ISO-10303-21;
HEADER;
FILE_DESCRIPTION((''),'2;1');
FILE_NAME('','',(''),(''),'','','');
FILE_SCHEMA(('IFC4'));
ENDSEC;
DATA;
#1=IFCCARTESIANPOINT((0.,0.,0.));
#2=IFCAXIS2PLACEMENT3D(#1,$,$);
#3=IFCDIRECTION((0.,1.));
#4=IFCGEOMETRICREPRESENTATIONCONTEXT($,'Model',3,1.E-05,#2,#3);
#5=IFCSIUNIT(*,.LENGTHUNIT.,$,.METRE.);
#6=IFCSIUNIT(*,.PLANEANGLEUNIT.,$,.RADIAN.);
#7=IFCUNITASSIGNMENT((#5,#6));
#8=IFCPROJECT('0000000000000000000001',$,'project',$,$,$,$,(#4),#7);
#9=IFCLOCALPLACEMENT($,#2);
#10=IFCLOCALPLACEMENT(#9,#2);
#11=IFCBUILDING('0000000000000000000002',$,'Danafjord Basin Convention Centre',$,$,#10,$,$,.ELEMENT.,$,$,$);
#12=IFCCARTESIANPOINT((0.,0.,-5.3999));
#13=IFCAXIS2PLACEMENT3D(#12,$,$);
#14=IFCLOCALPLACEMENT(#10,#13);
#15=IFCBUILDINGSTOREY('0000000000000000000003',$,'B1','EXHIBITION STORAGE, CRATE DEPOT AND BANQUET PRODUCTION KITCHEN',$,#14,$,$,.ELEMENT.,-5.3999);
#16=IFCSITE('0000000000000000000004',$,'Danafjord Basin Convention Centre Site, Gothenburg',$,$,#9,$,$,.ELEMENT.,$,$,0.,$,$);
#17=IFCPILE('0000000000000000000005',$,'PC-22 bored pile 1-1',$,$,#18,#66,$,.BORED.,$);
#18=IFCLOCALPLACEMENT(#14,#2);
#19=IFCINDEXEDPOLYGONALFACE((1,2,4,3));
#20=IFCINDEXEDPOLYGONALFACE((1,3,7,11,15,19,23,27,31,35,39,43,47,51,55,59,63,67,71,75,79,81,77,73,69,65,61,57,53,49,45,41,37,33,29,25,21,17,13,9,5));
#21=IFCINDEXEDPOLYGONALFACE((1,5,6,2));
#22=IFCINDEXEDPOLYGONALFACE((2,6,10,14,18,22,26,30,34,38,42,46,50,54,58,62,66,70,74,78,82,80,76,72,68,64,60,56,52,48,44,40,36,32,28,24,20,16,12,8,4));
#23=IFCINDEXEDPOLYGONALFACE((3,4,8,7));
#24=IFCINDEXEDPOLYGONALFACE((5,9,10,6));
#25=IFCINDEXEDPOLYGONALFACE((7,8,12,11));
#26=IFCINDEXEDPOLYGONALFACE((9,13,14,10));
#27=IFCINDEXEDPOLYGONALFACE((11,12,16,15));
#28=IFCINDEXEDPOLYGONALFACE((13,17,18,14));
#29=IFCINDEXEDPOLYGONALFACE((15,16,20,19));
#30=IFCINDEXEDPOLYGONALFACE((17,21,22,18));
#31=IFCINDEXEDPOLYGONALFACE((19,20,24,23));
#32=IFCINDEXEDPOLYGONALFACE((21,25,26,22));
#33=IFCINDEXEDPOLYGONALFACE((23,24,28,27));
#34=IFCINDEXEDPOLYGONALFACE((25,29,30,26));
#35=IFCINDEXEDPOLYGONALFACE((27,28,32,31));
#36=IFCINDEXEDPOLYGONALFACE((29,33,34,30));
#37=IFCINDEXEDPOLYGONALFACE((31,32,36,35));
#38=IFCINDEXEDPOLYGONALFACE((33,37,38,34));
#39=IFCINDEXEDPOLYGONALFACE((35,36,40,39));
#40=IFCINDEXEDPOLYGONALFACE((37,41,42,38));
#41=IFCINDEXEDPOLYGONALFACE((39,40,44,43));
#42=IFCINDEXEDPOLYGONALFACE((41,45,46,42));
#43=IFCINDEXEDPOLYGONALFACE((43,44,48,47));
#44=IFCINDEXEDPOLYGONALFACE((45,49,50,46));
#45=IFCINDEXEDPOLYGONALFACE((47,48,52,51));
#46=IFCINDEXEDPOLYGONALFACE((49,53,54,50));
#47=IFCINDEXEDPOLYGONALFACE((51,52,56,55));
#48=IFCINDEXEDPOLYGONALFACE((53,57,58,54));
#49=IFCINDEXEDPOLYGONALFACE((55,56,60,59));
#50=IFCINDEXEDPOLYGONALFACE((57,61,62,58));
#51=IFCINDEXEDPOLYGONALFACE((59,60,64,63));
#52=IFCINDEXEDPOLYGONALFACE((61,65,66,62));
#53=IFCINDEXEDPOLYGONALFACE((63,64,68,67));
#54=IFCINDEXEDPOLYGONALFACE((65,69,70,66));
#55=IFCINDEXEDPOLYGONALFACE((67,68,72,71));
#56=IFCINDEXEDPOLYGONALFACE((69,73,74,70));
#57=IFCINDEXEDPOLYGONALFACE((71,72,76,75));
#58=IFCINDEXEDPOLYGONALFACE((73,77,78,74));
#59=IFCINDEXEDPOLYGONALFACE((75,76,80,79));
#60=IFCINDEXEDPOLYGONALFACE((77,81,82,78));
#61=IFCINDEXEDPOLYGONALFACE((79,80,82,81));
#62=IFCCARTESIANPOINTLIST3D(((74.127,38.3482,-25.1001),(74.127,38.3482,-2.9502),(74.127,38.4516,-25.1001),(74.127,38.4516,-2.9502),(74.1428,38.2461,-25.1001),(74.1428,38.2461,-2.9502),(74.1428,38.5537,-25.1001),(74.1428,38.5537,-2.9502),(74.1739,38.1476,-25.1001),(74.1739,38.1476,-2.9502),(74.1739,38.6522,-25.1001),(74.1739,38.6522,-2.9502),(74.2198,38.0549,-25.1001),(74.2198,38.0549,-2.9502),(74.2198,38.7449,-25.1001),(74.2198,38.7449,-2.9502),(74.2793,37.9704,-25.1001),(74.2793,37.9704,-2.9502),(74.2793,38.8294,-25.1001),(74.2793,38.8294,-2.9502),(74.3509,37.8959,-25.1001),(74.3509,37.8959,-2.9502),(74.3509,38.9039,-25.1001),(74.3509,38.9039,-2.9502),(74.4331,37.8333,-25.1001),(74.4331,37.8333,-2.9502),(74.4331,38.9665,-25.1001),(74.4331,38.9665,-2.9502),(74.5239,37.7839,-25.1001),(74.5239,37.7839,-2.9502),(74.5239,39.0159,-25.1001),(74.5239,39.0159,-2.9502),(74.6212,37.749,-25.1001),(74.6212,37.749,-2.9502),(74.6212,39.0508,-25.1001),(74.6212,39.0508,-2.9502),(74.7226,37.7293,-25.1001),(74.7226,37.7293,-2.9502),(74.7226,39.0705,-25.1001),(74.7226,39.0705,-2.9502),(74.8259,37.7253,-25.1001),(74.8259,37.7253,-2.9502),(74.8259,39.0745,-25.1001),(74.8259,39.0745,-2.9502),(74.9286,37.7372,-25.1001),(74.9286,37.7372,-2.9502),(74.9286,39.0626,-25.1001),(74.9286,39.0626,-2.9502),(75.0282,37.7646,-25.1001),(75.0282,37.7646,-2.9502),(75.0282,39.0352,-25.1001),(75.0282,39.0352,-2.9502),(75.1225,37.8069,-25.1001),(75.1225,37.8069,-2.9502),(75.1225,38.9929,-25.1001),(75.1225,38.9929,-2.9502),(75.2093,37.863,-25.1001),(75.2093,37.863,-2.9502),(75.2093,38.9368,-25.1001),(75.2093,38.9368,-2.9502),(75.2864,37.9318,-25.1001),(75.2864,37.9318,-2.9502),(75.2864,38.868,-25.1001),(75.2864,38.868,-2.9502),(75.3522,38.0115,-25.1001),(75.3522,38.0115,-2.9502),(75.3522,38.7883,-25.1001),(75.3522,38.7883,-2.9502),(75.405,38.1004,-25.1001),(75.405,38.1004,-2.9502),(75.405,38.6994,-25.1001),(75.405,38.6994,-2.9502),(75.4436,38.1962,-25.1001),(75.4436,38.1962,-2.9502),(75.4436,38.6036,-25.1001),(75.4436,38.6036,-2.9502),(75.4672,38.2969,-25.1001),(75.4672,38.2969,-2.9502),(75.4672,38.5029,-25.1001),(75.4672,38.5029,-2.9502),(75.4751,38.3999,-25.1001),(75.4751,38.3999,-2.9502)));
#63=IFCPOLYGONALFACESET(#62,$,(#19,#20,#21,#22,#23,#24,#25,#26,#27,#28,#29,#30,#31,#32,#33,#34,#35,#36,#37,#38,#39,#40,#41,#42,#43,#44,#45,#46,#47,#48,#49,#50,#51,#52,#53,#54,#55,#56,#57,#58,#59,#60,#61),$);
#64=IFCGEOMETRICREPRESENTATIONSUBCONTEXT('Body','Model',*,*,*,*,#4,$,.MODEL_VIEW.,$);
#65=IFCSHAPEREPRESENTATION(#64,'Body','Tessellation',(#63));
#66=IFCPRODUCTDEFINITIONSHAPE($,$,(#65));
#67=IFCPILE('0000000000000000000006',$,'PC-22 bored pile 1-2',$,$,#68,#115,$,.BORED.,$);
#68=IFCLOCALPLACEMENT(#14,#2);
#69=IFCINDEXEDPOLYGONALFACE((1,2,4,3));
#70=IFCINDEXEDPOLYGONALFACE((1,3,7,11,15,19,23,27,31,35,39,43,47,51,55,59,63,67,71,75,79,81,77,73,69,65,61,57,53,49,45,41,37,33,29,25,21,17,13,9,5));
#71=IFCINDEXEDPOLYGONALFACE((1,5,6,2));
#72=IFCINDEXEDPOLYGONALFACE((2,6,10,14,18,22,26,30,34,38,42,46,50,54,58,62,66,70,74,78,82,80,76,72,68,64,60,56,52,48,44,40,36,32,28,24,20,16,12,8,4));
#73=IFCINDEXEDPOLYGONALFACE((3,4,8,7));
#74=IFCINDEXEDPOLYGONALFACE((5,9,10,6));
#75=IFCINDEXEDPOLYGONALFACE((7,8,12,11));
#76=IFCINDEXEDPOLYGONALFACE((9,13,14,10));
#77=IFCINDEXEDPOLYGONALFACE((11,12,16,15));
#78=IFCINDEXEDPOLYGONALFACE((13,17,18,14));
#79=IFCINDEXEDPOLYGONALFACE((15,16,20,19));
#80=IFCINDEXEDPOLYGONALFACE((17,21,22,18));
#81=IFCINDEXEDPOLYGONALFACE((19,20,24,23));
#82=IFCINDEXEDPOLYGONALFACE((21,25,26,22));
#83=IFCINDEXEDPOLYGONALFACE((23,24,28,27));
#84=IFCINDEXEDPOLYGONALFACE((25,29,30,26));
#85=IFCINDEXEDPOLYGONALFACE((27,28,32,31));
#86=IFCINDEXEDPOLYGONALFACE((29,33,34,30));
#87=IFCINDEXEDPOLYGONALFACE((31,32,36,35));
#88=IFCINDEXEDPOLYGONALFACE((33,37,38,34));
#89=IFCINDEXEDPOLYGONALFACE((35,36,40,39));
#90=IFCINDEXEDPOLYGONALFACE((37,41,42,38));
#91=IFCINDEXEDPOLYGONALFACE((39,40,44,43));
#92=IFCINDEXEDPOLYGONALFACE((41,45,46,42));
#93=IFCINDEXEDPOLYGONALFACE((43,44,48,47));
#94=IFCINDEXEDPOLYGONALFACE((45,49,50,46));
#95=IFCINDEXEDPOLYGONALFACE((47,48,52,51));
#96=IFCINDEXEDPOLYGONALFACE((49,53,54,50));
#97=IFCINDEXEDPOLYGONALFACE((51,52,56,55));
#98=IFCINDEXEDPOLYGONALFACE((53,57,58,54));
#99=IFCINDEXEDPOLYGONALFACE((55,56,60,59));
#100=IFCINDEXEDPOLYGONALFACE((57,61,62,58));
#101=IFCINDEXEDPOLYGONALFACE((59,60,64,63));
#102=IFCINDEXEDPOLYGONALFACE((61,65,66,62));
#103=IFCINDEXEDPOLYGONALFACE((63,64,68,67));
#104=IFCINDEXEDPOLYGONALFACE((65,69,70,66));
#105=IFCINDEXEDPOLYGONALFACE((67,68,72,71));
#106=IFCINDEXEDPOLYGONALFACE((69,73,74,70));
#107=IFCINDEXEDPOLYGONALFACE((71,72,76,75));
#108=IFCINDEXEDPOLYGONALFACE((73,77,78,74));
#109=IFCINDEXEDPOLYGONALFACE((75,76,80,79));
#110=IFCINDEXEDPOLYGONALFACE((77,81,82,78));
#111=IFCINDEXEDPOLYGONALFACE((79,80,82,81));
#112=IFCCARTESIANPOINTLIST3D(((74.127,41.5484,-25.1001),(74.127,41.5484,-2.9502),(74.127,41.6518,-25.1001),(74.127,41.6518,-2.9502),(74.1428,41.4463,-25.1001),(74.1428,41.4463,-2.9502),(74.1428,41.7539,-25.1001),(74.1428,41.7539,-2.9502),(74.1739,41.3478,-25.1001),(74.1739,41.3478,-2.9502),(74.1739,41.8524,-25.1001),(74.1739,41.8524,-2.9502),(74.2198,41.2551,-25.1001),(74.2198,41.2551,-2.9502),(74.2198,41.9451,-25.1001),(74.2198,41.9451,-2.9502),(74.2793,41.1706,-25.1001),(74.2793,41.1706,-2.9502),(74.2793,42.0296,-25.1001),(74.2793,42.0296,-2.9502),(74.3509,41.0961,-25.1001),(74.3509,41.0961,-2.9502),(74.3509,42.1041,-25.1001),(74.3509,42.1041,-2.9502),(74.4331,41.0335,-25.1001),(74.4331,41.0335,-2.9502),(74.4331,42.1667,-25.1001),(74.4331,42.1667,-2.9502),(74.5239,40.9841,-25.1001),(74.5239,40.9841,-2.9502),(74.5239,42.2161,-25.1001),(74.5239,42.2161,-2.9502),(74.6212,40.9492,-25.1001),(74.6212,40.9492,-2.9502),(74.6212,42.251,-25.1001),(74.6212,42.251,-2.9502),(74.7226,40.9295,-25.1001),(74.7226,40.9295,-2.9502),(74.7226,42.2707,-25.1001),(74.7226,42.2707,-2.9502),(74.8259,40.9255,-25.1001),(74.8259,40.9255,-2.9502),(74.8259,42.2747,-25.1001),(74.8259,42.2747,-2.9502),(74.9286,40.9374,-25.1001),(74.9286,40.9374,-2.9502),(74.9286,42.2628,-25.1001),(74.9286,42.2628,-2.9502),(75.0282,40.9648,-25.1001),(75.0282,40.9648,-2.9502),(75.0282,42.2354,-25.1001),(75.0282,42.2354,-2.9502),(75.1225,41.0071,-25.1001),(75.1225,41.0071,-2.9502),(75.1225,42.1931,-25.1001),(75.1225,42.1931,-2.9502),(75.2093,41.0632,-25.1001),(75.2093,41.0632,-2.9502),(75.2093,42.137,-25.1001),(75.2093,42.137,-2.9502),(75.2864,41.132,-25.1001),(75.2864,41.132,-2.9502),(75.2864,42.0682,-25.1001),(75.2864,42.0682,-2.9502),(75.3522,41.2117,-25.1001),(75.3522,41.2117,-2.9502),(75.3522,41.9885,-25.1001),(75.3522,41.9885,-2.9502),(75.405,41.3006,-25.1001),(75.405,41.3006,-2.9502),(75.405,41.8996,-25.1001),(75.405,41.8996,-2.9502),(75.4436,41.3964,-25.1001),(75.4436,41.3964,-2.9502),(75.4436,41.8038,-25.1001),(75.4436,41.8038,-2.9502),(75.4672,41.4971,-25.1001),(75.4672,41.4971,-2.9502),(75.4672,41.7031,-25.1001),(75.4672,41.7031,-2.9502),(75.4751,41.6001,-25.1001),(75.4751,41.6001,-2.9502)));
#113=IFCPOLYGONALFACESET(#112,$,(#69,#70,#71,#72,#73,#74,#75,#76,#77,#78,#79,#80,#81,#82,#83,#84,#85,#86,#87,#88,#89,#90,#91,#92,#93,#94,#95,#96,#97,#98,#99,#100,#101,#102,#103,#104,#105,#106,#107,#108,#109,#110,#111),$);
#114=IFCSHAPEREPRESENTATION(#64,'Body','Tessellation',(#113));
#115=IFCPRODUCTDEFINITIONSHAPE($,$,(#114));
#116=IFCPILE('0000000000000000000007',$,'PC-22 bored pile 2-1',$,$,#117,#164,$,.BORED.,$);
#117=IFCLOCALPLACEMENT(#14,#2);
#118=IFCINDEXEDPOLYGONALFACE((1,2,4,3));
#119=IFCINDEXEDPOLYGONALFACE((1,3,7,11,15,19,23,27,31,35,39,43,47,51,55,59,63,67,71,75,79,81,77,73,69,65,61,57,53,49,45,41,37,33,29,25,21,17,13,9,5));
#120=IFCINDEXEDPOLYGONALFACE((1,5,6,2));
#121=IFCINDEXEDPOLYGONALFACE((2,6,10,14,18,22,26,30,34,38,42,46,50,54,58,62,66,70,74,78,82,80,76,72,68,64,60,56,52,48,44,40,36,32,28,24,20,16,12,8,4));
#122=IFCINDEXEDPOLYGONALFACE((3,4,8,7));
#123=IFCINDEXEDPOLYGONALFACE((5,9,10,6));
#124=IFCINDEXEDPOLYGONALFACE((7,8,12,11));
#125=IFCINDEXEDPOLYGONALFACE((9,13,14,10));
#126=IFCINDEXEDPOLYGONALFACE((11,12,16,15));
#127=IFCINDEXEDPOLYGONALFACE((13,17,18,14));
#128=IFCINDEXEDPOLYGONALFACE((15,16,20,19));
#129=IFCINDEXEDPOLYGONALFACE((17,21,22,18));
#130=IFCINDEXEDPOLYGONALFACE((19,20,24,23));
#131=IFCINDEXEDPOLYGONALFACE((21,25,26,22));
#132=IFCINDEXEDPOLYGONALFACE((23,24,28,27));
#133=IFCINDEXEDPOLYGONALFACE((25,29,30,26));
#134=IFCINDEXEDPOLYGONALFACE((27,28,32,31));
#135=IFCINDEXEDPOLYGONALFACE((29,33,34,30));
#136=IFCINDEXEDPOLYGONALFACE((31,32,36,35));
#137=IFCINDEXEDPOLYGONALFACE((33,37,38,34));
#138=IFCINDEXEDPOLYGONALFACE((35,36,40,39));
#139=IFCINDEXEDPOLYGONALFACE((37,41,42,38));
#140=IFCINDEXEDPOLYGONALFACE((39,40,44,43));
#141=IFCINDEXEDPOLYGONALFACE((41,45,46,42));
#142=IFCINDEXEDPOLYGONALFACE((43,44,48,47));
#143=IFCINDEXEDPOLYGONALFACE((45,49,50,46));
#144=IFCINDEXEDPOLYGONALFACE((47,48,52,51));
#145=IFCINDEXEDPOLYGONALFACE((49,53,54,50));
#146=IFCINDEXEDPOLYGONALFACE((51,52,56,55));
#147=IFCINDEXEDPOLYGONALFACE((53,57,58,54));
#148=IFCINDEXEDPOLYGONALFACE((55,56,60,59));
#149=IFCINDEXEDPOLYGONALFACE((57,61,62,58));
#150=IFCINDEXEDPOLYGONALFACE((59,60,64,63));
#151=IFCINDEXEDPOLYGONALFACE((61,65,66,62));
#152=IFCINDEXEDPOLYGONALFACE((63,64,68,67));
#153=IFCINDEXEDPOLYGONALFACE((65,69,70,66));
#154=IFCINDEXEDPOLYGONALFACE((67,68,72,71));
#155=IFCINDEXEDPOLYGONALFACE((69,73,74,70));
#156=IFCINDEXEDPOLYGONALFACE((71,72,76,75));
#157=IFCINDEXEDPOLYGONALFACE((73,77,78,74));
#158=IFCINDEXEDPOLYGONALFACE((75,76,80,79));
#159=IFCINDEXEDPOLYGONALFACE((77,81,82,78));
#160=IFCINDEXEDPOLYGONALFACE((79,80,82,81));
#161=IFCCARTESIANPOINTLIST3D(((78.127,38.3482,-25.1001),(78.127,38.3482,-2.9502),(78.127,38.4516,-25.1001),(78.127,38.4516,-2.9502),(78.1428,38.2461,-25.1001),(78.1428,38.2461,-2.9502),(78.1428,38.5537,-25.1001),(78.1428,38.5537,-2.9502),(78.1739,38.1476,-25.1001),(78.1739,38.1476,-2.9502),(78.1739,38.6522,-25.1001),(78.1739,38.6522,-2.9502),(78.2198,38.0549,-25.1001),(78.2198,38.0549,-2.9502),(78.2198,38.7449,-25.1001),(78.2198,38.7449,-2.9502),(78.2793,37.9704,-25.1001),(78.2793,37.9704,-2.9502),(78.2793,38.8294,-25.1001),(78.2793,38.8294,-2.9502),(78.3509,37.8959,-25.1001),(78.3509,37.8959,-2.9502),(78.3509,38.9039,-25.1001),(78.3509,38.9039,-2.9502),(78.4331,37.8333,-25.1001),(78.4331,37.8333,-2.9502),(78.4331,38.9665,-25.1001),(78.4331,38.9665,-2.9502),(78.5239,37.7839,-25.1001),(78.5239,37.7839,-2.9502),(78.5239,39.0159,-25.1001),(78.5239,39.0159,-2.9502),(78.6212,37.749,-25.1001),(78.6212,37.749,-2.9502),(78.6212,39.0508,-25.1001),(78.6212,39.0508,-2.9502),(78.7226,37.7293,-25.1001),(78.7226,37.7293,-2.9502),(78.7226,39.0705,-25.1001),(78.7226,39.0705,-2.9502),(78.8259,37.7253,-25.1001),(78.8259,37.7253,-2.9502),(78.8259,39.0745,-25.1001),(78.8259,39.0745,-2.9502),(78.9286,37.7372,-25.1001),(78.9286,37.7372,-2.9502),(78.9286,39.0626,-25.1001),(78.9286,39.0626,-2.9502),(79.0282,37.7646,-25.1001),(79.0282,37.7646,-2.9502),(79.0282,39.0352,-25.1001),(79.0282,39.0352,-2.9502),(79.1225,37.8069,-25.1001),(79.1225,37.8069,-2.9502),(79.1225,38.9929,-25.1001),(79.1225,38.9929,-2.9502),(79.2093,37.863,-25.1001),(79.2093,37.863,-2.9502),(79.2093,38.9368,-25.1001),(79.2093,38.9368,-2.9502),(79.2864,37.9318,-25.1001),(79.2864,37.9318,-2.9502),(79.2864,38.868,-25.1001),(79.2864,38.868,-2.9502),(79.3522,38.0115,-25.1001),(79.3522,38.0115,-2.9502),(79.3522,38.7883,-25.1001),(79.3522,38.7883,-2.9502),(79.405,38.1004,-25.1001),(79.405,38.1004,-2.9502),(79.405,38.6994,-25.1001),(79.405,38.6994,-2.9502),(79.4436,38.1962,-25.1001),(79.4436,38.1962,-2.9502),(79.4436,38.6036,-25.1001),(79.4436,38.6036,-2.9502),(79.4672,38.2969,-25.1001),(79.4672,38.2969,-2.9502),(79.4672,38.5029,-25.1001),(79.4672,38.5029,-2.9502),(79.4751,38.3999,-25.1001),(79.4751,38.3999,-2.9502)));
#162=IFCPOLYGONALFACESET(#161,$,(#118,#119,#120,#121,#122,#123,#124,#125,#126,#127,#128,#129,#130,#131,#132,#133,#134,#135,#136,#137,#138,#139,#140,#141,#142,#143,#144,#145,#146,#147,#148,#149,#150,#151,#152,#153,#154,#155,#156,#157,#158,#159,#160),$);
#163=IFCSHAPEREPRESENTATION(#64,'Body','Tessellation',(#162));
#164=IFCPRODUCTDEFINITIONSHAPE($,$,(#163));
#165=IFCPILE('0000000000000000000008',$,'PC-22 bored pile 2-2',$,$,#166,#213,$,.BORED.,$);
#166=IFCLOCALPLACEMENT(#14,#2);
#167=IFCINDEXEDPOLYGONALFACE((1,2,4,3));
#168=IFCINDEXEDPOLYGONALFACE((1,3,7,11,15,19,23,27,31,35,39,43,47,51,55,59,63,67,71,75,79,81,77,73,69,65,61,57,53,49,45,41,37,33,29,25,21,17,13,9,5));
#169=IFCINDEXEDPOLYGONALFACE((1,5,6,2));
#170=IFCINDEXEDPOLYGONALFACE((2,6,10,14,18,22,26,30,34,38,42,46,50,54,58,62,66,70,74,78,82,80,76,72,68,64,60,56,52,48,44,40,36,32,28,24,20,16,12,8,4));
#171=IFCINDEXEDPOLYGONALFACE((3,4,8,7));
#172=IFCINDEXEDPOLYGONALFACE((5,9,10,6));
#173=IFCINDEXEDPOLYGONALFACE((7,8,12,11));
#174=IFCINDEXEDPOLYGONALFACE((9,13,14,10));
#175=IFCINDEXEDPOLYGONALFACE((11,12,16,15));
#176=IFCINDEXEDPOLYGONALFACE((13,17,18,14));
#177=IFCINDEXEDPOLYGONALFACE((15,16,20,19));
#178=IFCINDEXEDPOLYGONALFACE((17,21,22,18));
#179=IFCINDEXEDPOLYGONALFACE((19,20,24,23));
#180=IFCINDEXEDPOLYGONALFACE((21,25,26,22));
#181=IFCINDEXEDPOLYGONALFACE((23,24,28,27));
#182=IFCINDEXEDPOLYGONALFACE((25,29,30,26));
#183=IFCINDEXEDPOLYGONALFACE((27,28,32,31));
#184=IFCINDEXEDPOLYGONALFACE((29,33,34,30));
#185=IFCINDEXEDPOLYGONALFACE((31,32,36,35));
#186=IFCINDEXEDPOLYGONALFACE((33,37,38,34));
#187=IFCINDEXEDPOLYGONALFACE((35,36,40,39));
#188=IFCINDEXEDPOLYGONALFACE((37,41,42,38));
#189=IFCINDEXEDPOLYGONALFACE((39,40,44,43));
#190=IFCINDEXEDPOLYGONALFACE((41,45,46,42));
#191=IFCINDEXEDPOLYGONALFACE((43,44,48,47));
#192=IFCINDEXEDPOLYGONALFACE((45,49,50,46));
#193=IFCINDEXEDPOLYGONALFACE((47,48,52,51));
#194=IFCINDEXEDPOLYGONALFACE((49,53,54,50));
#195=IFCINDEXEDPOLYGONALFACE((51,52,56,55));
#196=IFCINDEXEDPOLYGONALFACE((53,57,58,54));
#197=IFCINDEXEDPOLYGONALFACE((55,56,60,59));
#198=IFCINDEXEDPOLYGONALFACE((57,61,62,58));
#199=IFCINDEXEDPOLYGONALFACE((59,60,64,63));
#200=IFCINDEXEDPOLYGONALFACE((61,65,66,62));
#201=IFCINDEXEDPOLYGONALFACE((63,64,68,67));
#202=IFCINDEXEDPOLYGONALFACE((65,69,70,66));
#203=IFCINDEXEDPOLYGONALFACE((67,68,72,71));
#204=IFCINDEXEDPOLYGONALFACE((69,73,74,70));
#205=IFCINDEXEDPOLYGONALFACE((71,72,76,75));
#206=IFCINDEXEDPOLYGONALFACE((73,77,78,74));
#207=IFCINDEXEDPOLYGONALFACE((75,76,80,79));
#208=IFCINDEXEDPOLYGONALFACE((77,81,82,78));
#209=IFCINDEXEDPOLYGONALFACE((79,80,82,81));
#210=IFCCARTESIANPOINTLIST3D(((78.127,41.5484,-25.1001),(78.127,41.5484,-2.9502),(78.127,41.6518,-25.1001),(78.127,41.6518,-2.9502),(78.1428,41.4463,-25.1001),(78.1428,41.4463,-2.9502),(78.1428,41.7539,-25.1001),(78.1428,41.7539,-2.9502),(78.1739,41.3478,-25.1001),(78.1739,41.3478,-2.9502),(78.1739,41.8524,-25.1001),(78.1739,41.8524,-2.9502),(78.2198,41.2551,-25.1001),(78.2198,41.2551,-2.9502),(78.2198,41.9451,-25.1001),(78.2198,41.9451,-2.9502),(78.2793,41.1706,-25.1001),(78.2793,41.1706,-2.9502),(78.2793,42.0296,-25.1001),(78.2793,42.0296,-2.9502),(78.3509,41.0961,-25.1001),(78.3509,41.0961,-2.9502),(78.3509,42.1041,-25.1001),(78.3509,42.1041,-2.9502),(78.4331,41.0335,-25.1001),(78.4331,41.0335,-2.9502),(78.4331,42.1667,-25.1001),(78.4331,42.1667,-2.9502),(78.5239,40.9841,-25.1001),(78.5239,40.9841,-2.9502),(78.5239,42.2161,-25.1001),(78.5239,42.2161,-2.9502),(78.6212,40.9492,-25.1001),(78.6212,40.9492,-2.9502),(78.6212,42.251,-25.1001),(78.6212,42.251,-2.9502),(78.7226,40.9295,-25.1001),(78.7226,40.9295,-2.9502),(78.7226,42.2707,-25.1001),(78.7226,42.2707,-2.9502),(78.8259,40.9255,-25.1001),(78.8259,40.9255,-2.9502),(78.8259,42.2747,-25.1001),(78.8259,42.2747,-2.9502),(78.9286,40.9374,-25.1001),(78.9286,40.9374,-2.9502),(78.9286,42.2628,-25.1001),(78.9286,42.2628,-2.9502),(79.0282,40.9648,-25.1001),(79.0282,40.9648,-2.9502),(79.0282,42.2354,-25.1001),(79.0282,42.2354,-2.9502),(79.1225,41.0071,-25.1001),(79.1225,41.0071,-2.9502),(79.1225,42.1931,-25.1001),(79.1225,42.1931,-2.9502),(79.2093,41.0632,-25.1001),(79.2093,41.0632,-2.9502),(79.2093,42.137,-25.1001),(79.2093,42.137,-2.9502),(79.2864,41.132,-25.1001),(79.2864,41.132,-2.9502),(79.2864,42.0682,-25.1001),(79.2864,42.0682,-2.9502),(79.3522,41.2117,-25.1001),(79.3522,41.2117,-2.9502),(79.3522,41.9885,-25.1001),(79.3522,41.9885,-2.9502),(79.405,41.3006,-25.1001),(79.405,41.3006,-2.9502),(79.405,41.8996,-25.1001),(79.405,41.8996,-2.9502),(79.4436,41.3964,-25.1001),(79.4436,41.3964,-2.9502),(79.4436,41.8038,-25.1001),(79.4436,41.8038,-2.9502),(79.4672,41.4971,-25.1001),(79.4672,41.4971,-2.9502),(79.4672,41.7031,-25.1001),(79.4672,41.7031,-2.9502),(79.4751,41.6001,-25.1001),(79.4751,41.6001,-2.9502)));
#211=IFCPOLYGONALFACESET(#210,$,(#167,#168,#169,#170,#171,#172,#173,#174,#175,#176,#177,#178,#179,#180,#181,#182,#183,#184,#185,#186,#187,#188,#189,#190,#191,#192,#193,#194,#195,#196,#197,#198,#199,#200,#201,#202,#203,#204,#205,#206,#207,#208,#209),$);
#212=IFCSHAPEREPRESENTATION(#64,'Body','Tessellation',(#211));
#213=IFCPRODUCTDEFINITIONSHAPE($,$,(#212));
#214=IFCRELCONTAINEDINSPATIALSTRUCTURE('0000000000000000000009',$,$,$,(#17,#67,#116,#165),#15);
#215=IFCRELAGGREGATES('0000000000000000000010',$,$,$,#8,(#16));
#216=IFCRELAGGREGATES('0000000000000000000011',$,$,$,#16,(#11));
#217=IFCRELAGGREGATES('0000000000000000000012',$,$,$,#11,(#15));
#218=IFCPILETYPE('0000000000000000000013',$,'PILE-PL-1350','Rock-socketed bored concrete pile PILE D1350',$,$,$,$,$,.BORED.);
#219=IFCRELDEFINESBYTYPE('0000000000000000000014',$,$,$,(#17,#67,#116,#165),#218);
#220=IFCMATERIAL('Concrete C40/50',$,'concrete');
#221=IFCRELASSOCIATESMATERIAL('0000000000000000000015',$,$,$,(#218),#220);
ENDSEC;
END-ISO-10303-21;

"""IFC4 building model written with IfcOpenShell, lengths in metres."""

from ifc_helpers import new_model, si_unit, direction, frame, origin, origin_2d, place, context, subcontext, project, spatial, circle, extrude, material, material_profile, profile_set, type_object, element, save


model = new_model("IFC4")

# Units and contexts
model_context = context("Model", 3, precision=1e-05, world=origin(), true_north=direction((0.0, 1.0)))
body_context = subcontext(model_context, "Body", "Model", "MODEL_VIEW")
ifc_project = project(units=[si_unit("LENGTHUNIT", "METRE"), si_unit("PLANEANGLEUNIT", "RADIAN")], contexts=[model_context])

# Site, building, storey
site_placement = place(None, origin())
site = spatial("IfcSite", under=ifc_project, at=site_placement, Name="Danafjord Basin Convention Centre Site, Gothenburg", CompositionType="ELEMENT", RefElevation=0.0)
building_placement = place(site_placement, origin())
building = spatial("IfcBuilding", under=site, at=building_placement, Name="Danafjord Basin Convention Centre", CompositionType="ELEMENT")
storey_placement = place(building_placement, frame((0.0, 0.0, -5.3999)))
storey = spatial("IfcBuildingStorey", under=building, at=storey_placement, Name="B1", Description="EXHIBITION STORAGE, CRATE DEPOT AND BANQUET PRODUCTION KITCHEN", CompositionType="ELEMENT", Elevation=-5.3999)

# Shared definitions
ifc_material_1 = material(Name="Concrete C40/50", Category="concrete")

# Piles
ifc_material_profile_1 = material_profile(ifc_material_1, circle(Radius=0.675, at=origin_2d()), Name="PILE D1350")
ifc_profile_set_1 = profile_set([ifc_material_profile_1], Name="Concrete C40/50")
pile_type_1 = type_object("IfcPileType", Name="PILE-PL-1350", Description="Rock-socketed bored concrete pile PILE D1350", PredefinedType="BORED", material=ifc_profile_set_1)
for number, where, z_axis, x_axis, name in (
    (1, (74.8, 38.3999, -2.9502), (0.0, 0.0, -1.0), (1.0, 0.0, 0.0), "PC-22 bored pile 1-1"),
    (2, (74.8, 41.6001, -2.9502), (0.0, 0.0, -1.0), (1.0, 0.0, 0.0), "PC-22 bored pile 1-2"),
    (3, (78.8, 38.3999, -2.9502), (0.0, 0.0, -1.0), (1.0, 0.0, 0.0), "PC-22 bored pile 2-1"),
    (4, (78.8, 41.6001, -2.9502), (0.0, 0.0, -1.0), (1.0, 0.0, 0.0), "PC-22 bored pile 2-2"),
):
    element("IfcPile", number, at=place(storey_placement, frame(where, z_axis=z_axis, x_axis=x_axis)), inside=storey, type_object=pile_type_1, Name=name, PredefinedType="BORED", context=body_context, shape_type="SweptSolid", body=[
        extrude(circle(Radius=0.675, at=origin_2d()), origin(), (0.0, 0.0, 1.0), 22.1499),
    ])

save(model, "model.ifc")
